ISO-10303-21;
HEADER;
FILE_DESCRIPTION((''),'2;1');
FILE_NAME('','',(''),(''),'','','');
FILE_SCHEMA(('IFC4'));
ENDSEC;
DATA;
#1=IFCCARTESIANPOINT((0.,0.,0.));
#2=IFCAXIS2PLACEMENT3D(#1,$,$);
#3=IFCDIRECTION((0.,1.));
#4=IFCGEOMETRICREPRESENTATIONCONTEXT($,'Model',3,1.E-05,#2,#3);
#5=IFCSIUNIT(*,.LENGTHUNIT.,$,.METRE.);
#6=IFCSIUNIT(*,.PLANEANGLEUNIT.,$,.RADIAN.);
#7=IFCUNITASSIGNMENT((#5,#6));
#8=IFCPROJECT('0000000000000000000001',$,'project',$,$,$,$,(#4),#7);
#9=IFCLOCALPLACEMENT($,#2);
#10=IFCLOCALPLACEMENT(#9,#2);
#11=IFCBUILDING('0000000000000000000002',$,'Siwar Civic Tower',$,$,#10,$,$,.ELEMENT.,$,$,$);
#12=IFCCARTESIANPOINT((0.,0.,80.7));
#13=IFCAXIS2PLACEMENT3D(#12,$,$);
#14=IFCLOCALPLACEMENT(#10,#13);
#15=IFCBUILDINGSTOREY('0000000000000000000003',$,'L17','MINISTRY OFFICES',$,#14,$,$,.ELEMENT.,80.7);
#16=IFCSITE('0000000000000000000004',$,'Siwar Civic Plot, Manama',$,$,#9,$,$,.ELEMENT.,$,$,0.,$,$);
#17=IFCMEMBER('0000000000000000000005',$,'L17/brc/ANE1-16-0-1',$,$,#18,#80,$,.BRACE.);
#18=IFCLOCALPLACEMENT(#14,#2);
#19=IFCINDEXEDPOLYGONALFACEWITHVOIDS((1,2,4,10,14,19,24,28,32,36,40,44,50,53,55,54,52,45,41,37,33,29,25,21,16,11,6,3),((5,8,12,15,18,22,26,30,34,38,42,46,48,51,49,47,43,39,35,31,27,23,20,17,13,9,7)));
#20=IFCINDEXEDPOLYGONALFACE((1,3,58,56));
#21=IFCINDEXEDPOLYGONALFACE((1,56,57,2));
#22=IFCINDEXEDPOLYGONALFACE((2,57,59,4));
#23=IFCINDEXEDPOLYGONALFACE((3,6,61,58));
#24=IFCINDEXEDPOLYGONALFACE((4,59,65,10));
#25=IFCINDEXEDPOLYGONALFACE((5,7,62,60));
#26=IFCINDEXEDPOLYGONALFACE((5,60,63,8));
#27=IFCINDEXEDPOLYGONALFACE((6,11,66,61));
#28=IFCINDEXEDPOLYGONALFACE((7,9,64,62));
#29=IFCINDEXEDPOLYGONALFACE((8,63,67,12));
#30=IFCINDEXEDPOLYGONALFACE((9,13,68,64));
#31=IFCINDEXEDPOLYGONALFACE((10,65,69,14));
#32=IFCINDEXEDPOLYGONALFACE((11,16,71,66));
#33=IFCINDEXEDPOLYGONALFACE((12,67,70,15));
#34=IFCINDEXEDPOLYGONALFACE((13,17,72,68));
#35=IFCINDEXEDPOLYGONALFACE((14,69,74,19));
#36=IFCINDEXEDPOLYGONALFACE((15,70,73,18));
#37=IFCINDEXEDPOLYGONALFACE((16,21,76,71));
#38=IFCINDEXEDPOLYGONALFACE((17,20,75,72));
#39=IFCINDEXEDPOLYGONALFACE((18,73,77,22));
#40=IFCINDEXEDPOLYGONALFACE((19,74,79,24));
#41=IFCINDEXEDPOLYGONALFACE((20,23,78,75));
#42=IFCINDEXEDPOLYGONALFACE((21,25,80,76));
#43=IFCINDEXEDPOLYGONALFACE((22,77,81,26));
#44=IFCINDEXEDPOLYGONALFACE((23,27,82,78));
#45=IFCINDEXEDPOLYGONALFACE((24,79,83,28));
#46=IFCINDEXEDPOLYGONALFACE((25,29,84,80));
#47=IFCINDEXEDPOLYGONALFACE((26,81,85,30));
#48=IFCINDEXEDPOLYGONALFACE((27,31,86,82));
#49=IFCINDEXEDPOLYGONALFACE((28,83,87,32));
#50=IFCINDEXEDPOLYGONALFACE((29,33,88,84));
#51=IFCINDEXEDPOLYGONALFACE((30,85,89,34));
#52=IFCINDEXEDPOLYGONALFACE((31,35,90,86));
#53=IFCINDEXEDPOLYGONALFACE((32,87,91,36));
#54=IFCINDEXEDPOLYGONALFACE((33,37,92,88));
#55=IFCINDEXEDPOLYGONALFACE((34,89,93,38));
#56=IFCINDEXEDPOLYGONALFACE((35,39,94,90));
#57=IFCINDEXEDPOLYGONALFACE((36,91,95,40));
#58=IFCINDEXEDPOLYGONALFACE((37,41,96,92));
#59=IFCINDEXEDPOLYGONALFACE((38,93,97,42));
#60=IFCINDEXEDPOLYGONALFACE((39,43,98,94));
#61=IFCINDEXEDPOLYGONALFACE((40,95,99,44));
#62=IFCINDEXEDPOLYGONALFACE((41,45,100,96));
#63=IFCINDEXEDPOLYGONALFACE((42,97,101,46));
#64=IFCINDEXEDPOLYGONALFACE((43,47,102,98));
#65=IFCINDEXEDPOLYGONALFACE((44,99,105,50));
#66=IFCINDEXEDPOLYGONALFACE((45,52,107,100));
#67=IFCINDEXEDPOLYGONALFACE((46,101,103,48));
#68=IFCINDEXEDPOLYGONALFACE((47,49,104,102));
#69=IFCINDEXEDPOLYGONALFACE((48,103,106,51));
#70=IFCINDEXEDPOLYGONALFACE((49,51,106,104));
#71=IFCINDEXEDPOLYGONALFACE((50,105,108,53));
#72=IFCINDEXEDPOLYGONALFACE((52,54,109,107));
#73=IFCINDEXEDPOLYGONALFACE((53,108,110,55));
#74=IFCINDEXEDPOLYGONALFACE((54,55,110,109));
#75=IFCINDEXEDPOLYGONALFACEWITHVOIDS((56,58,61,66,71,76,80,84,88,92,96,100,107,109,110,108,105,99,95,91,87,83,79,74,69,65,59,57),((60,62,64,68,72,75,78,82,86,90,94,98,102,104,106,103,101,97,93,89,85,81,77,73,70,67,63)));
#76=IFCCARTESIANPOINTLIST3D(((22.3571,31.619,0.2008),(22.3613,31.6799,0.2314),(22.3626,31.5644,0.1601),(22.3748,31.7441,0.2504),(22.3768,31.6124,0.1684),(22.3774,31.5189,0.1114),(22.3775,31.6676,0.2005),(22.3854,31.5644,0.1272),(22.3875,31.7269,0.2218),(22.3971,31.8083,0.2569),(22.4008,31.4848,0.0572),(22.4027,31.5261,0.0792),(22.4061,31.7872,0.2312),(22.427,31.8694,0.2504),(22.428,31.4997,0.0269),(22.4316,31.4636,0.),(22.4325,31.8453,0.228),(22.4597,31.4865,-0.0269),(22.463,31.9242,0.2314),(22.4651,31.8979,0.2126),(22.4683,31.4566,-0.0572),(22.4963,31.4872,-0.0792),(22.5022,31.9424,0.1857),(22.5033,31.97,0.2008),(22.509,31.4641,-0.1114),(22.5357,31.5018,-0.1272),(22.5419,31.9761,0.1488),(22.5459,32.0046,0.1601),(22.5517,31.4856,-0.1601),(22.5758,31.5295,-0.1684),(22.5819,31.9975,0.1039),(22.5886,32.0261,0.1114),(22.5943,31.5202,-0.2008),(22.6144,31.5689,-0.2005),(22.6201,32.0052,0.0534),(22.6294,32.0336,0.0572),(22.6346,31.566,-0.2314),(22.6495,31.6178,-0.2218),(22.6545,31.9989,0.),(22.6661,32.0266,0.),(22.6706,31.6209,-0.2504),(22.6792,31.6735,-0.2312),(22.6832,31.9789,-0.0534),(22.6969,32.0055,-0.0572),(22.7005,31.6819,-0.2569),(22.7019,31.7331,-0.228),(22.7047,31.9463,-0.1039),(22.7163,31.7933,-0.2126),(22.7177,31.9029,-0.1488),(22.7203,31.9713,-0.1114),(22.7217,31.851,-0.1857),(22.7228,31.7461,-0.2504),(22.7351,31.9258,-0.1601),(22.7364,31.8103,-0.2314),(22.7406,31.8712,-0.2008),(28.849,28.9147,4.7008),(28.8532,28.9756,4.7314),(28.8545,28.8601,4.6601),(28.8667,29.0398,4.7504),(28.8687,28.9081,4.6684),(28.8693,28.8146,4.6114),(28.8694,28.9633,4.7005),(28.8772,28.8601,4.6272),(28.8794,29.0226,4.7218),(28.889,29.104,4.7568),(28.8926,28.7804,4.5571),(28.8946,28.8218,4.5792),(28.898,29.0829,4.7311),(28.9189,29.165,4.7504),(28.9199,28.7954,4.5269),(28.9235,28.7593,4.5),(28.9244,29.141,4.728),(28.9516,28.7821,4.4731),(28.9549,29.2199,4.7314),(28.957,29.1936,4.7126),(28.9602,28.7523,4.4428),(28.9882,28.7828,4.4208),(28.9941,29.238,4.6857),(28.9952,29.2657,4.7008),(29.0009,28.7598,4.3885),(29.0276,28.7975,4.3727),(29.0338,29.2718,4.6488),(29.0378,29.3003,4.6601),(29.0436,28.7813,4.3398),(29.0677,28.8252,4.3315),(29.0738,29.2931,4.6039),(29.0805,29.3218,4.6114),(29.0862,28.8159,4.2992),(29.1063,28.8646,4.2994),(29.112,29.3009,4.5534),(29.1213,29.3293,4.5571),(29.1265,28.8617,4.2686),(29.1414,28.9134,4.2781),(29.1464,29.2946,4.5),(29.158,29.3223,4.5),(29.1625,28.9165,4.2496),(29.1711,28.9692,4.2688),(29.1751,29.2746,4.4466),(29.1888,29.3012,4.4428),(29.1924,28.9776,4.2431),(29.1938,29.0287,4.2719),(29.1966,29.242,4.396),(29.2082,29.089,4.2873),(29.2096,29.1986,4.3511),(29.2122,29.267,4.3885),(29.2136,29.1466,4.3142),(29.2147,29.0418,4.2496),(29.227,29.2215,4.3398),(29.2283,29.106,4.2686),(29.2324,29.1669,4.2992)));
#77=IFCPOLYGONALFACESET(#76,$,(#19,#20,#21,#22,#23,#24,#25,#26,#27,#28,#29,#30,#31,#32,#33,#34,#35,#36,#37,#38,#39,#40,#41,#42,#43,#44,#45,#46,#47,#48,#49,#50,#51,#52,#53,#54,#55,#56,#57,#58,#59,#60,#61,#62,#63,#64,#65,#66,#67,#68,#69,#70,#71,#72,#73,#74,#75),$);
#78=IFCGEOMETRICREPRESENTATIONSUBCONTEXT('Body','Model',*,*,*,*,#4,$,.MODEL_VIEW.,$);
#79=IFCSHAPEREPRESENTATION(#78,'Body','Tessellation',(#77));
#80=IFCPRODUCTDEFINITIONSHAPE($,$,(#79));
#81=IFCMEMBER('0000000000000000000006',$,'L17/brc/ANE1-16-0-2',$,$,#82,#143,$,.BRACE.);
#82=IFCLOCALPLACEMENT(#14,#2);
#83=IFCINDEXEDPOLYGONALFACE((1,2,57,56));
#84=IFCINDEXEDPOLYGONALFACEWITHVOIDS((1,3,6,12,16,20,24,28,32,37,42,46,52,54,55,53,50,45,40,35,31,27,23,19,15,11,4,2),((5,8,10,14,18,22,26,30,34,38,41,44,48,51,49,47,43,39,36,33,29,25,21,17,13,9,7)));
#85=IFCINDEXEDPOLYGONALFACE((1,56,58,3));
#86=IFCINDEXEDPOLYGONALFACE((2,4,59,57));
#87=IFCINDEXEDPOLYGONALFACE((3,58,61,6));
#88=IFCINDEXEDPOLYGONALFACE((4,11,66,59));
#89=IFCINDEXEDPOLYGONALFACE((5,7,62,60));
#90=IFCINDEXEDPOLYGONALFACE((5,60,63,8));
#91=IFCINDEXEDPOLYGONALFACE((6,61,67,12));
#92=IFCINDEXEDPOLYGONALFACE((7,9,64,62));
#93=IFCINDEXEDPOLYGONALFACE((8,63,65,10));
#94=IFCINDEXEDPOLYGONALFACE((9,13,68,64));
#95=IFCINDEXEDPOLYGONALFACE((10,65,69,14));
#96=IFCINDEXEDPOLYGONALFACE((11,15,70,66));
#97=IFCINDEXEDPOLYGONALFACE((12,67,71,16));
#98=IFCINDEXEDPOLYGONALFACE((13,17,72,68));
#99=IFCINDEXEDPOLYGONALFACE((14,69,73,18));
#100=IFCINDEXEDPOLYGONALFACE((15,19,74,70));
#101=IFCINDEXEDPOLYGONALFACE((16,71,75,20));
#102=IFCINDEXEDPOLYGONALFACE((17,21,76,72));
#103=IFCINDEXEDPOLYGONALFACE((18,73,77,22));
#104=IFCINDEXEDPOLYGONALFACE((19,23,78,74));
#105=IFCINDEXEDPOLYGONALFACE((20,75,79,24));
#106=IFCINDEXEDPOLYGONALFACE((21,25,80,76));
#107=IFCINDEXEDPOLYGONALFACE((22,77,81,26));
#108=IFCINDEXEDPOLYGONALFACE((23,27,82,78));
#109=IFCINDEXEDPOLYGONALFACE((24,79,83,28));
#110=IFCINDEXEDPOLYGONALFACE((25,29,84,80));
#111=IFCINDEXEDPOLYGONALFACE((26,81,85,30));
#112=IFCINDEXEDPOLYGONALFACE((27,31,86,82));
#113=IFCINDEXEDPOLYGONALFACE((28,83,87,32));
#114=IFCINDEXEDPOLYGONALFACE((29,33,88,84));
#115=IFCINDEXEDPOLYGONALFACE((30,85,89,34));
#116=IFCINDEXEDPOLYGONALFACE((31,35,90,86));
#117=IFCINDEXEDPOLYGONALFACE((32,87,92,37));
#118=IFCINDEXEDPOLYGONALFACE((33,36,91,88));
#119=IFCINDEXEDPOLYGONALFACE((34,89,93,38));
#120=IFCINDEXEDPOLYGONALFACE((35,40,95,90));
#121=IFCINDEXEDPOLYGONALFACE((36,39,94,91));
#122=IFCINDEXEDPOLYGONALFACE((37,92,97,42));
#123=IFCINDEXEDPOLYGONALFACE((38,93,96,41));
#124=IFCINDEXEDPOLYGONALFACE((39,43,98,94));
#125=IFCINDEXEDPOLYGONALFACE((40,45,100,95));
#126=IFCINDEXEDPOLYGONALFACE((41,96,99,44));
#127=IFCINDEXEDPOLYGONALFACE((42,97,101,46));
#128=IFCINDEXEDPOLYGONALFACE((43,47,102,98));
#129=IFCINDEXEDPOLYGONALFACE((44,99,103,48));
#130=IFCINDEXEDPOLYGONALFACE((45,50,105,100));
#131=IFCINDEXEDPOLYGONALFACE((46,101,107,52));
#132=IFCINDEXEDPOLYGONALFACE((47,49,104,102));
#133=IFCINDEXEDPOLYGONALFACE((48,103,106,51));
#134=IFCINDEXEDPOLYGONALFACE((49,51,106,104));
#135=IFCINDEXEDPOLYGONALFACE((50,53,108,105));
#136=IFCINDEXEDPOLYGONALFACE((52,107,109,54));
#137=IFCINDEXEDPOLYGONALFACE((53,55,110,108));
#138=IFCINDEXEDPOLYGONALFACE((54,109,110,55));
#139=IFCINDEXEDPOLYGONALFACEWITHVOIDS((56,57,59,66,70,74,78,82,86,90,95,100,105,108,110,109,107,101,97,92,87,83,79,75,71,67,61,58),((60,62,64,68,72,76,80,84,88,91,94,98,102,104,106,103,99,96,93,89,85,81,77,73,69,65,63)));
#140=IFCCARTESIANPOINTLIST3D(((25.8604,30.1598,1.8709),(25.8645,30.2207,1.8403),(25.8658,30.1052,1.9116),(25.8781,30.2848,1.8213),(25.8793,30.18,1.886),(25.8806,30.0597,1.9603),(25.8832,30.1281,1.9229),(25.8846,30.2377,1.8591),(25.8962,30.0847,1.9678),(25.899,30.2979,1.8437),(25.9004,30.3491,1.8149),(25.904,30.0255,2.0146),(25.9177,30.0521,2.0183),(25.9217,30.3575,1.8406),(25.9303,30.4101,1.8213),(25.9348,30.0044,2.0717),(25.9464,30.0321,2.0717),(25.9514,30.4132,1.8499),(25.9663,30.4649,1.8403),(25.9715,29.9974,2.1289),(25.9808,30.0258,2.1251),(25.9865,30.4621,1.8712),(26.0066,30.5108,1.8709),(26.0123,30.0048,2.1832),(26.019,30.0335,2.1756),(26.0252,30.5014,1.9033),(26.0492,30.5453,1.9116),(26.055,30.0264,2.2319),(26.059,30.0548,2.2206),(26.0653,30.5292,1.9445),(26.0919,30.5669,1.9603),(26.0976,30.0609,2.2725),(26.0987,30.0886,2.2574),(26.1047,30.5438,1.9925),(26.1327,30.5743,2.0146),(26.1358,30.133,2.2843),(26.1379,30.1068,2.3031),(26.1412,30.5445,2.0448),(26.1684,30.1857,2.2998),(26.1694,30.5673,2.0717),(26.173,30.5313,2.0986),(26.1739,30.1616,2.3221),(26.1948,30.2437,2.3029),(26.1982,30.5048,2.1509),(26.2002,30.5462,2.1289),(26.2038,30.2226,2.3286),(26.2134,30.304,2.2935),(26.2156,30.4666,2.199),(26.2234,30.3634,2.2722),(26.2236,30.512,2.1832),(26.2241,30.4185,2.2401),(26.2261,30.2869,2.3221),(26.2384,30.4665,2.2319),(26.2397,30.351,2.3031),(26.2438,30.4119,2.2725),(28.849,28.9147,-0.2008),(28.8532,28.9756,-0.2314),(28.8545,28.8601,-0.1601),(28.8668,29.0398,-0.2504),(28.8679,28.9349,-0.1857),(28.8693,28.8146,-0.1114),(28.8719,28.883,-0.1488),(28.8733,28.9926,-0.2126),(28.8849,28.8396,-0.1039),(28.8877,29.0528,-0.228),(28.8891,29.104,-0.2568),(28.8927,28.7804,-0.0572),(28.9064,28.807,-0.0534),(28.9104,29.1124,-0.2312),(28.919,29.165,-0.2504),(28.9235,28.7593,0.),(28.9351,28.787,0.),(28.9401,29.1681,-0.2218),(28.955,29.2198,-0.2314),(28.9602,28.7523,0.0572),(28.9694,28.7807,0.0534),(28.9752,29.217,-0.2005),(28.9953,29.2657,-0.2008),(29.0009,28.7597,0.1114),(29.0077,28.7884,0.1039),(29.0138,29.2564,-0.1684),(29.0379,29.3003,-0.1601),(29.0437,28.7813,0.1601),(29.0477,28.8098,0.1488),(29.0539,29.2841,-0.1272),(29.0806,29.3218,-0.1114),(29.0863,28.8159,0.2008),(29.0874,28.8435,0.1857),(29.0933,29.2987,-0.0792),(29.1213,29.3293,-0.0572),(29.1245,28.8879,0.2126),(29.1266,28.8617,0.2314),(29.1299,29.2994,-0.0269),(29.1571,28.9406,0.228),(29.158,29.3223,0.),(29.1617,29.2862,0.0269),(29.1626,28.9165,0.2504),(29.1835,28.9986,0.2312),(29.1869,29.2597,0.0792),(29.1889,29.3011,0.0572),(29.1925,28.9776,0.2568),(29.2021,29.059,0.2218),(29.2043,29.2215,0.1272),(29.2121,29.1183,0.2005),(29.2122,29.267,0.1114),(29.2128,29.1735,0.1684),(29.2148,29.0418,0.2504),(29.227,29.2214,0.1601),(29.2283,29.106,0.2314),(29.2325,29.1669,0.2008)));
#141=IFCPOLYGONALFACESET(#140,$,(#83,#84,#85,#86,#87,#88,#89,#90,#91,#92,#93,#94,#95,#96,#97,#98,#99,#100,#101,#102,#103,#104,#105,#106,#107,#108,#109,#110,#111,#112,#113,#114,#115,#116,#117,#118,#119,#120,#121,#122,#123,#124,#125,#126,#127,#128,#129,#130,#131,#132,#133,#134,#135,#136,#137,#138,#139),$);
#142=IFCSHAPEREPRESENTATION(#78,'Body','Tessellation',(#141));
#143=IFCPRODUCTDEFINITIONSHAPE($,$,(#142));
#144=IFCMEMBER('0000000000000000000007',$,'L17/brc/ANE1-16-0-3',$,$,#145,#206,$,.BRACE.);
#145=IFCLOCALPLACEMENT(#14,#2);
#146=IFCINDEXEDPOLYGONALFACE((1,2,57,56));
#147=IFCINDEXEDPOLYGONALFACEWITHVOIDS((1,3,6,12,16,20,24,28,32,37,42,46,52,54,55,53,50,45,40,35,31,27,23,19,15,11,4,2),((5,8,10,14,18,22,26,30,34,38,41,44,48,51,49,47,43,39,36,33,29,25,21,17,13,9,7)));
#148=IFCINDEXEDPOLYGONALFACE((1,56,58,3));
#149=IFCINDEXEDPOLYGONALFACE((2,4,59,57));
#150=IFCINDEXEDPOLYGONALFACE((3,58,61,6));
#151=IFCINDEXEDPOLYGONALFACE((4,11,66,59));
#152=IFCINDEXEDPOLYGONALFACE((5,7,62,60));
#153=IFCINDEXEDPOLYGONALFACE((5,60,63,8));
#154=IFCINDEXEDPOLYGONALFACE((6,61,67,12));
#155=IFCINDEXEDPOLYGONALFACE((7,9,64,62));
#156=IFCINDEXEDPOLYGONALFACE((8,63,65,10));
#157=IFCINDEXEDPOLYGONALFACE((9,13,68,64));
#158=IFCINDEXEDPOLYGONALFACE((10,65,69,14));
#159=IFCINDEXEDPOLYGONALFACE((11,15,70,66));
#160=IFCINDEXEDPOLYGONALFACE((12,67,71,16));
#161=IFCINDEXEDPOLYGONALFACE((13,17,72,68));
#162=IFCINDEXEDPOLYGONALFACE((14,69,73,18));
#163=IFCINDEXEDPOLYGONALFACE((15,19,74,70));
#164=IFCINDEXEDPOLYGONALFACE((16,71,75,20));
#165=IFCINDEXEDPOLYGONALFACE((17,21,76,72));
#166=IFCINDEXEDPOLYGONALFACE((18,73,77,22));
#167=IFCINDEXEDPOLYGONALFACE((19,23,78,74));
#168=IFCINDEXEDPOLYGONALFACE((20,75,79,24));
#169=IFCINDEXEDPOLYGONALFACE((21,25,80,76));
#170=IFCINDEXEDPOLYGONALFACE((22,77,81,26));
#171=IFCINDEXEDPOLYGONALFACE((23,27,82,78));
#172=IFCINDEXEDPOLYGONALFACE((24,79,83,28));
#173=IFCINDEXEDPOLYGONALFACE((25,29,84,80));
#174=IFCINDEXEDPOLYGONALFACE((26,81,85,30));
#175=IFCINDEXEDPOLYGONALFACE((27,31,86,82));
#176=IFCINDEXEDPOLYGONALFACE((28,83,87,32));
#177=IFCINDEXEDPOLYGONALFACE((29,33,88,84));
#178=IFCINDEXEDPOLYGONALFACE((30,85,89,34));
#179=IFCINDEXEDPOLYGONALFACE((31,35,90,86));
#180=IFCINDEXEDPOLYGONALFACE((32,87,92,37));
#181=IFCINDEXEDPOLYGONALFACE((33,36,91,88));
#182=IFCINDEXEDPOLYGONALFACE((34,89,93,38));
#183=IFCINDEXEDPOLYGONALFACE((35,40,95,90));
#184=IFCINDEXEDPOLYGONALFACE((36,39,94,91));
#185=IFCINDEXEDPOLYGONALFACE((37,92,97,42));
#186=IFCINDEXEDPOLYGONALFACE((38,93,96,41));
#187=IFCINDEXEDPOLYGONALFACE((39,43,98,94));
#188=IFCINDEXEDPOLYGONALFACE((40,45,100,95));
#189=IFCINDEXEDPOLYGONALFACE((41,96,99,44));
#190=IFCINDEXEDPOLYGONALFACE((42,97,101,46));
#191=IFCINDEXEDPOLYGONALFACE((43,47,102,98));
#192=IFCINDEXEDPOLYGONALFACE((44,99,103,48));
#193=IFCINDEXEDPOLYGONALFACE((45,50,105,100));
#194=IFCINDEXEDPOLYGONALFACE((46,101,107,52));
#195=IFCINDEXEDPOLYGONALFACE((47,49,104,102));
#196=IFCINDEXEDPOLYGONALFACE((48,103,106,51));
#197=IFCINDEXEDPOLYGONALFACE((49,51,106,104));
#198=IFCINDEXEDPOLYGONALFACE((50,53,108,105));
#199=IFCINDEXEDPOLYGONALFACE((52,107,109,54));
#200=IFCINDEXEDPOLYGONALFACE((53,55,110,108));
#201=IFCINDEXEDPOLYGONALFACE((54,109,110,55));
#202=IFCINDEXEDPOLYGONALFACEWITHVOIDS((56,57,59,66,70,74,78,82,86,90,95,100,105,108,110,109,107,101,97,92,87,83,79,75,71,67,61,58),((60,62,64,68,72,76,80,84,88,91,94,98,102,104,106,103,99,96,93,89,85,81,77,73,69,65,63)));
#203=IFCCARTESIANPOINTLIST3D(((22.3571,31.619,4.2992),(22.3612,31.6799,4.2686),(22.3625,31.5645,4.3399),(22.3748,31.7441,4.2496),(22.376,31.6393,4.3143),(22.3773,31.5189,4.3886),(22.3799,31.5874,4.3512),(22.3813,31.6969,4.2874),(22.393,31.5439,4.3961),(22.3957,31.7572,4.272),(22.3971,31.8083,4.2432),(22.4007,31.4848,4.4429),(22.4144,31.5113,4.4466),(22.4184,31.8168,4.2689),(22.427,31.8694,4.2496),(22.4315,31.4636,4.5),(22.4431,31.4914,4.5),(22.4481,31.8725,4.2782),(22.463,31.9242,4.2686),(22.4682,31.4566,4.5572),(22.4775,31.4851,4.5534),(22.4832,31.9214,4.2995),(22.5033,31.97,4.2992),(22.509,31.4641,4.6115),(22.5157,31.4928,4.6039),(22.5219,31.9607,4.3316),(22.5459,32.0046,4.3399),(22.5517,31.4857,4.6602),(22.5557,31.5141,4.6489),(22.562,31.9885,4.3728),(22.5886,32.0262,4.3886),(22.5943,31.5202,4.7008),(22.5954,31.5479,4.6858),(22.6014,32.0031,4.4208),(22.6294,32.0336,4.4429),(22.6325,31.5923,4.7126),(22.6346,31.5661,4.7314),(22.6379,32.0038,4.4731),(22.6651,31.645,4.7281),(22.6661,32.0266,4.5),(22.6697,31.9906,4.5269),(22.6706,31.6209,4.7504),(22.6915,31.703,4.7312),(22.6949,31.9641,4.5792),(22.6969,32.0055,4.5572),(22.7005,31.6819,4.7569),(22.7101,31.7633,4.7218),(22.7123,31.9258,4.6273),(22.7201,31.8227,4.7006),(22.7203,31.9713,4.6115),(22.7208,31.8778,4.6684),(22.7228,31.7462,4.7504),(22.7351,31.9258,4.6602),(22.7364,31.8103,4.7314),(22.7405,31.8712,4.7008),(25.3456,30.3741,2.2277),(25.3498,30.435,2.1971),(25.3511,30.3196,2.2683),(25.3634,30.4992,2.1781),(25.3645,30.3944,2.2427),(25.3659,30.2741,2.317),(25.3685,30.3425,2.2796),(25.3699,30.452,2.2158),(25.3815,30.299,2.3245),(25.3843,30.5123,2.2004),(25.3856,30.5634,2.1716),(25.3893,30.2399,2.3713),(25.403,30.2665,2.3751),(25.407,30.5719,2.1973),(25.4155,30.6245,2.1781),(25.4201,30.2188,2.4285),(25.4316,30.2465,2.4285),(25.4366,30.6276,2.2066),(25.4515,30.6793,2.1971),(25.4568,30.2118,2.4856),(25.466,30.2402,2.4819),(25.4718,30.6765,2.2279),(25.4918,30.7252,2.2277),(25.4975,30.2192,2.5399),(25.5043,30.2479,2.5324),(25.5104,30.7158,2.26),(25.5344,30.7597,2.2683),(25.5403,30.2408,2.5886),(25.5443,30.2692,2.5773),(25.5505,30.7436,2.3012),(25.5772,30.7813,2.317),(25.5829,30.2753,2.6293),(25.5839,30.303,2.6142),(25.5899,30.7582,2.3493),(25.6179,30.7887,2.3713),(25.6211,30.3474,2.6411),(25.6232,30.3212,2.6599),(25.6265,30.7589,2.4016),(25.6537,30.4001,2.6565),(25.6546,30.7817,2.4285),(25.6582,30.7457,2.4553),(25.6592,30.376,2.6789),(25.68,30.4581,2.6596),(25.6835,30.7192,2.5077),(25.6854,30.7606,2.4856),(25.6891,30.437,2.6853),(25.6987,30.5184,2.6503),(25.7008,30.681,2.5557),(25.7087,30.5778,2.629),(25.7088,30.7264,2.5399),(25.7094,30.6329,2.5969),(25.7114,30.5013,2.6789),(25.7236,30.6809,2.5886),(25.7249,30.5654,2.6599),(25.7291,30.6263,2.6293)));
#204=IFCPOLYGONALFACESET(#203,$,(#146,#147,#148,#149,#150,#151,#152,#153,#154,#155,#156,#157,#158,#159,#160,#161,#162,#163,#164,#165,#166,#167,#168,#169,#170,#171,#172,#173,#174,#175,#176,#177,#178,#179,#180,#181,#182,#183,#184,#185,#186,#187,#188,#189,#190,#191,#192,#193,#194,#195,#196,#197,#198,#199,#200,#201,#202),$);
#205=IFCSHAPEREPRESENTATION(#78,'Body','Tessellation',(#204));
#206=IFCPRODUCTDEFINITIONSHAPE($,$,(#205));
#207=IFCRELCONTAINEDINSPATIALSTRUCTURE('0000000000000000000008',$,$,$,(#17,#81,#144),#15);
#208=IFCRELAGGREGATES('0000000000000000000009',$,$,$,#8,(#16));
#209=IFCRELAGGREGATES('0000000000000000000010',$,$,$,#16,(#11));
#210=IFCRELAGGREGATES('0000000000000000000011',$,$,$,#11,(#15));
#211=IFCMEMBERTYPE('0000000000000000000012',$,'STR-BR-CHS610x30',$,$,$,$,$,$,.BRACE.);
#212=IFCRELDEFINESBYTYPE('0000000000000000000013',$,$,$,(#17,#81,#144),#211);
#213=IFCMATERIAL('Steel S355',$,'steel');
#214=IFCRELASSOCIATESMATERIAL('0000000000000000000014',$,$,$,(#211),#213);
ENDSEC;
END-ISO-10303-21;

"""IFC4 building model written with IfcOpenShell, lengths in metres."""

from ifc_helpers import new_model, si_unit, direction, frame, origin, origin_2d, place, context, subcontext, project, spatial, hollow_circle, extrude, material, material_profile, profile_set, type_object, element, save


model = new_model("IFC4")

# Units and contexts
model_context = context("Model", 3, precision=1e-05, world=origin(), true_north=direction((0.0, 1.0)))
body_context = subcontext(model_context, "Body", "Model", "MODEL_VIEW")
ifc_project = project(units=[si_unit("LENGTHUNIT", "METRE"), si_unit("PLANEANGLEUNIT", "RADIAN")], contexts=[model_context])

# Site, building, storey
site_placement = place(None, origin())
site = spatial("IfcSite", under=ifc_project, at=site_placement, Name="Siwar Civic Plot, Manama", CompositionType="ELEMENT", RefElevation=0.0)
building_placement = place(site_placement, origin())
building = spatial("IfcBuilding", under=site, at=building_placement, Name="Siwar Civic Tower", CompositionType="ELEMENT")
storey_placement = place(building_placement, frame((0.0, 0.0, 80.7)))
storey = spatial("IfcBuildingStorey", under=building, at=storey_placement, Name="L17", Description="MINISTRY OFFICES", CompositionType="ELEMENT", Elevation=80.7)

# Members
ifc_material_1 = material(Name="Steel S355", Category="steel")
ifc_material_profile_1 = material_profile(ifc_material_1, hollow_circle(Radius=0.3049, WallThickness=0.03, at=origin_2d()), Name="CHS610x30")
ifc_profile_set_1 = profile_set([ifc_material_profile_1], Name="Steel S355")
member_type_1 = type_object("IfcMemberType", Name="STR-BR-CHS610x30", PredefinedType="BRACE", material=ifc_profile_set_1)
member_1_placement = place(storey_placement, frame((22.5488, 31.7451, 0.0), z_axis=(0.777555, -0.323906, 0.538975), x_axis=(0.384539, 0.923109, 0.0)))
element("IfcMember", 1, at=member_1_placement, inside=storey, type_object=member_type_1, Name="L17/brc/ANE1-16-0-1", PredefinedType="BRACE", context=body_context, shape_type="SweptSolid", body=[
    extrude(hollow_circle(Radius=0.3049, WallThickness=0.03, at=origin_2d()), origin(), (0.0, 0.0, 1.0), 8.3491),
])
member_2_placement = place(storey_placement, frame((29.0408, 29.0408, 0.0), z_axis=(-0.777542, 0.323923, 0.538982), x_axis=(-0.384562, -0.923099, 0.0)))
element("IfcMember", 2, at=member_2_placement, inside=storey, type_object=member_type_1, Name="L17/brc/ANE1-16-0-2", PredefinedType="BRACE", context=body_context, shape_type="SweptSolid", body=[
    extrude(hollow_circle(Radius=0.3049, WallThickness=0.03, at=origin_2d()), origin(), (0.0, 0.0, 1.0), 3.8438),
])
member_3_placement = place(storey_placement, frame((25.5374, 30.5002, 2.4285), z_axis=(-0.77756, 0.323893, 0.538975), x_axis=(-0.384524, -0.923115, 0.0)))
element("IfcMember", 3, at=member_3_placement, inside=storey, type_object=member_type_1, Name="L17/brc/ANE1-16-0-3", PredefinedType="BRACE", context=body_context, shape_type="SweptSolid", body=[
    extrude(hollow_circle(Radius=0.3049, WallThickness=0.03, at=origin_2d()), origin(), (0.0, 0.0, 1.0), 3.8435),
])

save(model, "model.ifc")
